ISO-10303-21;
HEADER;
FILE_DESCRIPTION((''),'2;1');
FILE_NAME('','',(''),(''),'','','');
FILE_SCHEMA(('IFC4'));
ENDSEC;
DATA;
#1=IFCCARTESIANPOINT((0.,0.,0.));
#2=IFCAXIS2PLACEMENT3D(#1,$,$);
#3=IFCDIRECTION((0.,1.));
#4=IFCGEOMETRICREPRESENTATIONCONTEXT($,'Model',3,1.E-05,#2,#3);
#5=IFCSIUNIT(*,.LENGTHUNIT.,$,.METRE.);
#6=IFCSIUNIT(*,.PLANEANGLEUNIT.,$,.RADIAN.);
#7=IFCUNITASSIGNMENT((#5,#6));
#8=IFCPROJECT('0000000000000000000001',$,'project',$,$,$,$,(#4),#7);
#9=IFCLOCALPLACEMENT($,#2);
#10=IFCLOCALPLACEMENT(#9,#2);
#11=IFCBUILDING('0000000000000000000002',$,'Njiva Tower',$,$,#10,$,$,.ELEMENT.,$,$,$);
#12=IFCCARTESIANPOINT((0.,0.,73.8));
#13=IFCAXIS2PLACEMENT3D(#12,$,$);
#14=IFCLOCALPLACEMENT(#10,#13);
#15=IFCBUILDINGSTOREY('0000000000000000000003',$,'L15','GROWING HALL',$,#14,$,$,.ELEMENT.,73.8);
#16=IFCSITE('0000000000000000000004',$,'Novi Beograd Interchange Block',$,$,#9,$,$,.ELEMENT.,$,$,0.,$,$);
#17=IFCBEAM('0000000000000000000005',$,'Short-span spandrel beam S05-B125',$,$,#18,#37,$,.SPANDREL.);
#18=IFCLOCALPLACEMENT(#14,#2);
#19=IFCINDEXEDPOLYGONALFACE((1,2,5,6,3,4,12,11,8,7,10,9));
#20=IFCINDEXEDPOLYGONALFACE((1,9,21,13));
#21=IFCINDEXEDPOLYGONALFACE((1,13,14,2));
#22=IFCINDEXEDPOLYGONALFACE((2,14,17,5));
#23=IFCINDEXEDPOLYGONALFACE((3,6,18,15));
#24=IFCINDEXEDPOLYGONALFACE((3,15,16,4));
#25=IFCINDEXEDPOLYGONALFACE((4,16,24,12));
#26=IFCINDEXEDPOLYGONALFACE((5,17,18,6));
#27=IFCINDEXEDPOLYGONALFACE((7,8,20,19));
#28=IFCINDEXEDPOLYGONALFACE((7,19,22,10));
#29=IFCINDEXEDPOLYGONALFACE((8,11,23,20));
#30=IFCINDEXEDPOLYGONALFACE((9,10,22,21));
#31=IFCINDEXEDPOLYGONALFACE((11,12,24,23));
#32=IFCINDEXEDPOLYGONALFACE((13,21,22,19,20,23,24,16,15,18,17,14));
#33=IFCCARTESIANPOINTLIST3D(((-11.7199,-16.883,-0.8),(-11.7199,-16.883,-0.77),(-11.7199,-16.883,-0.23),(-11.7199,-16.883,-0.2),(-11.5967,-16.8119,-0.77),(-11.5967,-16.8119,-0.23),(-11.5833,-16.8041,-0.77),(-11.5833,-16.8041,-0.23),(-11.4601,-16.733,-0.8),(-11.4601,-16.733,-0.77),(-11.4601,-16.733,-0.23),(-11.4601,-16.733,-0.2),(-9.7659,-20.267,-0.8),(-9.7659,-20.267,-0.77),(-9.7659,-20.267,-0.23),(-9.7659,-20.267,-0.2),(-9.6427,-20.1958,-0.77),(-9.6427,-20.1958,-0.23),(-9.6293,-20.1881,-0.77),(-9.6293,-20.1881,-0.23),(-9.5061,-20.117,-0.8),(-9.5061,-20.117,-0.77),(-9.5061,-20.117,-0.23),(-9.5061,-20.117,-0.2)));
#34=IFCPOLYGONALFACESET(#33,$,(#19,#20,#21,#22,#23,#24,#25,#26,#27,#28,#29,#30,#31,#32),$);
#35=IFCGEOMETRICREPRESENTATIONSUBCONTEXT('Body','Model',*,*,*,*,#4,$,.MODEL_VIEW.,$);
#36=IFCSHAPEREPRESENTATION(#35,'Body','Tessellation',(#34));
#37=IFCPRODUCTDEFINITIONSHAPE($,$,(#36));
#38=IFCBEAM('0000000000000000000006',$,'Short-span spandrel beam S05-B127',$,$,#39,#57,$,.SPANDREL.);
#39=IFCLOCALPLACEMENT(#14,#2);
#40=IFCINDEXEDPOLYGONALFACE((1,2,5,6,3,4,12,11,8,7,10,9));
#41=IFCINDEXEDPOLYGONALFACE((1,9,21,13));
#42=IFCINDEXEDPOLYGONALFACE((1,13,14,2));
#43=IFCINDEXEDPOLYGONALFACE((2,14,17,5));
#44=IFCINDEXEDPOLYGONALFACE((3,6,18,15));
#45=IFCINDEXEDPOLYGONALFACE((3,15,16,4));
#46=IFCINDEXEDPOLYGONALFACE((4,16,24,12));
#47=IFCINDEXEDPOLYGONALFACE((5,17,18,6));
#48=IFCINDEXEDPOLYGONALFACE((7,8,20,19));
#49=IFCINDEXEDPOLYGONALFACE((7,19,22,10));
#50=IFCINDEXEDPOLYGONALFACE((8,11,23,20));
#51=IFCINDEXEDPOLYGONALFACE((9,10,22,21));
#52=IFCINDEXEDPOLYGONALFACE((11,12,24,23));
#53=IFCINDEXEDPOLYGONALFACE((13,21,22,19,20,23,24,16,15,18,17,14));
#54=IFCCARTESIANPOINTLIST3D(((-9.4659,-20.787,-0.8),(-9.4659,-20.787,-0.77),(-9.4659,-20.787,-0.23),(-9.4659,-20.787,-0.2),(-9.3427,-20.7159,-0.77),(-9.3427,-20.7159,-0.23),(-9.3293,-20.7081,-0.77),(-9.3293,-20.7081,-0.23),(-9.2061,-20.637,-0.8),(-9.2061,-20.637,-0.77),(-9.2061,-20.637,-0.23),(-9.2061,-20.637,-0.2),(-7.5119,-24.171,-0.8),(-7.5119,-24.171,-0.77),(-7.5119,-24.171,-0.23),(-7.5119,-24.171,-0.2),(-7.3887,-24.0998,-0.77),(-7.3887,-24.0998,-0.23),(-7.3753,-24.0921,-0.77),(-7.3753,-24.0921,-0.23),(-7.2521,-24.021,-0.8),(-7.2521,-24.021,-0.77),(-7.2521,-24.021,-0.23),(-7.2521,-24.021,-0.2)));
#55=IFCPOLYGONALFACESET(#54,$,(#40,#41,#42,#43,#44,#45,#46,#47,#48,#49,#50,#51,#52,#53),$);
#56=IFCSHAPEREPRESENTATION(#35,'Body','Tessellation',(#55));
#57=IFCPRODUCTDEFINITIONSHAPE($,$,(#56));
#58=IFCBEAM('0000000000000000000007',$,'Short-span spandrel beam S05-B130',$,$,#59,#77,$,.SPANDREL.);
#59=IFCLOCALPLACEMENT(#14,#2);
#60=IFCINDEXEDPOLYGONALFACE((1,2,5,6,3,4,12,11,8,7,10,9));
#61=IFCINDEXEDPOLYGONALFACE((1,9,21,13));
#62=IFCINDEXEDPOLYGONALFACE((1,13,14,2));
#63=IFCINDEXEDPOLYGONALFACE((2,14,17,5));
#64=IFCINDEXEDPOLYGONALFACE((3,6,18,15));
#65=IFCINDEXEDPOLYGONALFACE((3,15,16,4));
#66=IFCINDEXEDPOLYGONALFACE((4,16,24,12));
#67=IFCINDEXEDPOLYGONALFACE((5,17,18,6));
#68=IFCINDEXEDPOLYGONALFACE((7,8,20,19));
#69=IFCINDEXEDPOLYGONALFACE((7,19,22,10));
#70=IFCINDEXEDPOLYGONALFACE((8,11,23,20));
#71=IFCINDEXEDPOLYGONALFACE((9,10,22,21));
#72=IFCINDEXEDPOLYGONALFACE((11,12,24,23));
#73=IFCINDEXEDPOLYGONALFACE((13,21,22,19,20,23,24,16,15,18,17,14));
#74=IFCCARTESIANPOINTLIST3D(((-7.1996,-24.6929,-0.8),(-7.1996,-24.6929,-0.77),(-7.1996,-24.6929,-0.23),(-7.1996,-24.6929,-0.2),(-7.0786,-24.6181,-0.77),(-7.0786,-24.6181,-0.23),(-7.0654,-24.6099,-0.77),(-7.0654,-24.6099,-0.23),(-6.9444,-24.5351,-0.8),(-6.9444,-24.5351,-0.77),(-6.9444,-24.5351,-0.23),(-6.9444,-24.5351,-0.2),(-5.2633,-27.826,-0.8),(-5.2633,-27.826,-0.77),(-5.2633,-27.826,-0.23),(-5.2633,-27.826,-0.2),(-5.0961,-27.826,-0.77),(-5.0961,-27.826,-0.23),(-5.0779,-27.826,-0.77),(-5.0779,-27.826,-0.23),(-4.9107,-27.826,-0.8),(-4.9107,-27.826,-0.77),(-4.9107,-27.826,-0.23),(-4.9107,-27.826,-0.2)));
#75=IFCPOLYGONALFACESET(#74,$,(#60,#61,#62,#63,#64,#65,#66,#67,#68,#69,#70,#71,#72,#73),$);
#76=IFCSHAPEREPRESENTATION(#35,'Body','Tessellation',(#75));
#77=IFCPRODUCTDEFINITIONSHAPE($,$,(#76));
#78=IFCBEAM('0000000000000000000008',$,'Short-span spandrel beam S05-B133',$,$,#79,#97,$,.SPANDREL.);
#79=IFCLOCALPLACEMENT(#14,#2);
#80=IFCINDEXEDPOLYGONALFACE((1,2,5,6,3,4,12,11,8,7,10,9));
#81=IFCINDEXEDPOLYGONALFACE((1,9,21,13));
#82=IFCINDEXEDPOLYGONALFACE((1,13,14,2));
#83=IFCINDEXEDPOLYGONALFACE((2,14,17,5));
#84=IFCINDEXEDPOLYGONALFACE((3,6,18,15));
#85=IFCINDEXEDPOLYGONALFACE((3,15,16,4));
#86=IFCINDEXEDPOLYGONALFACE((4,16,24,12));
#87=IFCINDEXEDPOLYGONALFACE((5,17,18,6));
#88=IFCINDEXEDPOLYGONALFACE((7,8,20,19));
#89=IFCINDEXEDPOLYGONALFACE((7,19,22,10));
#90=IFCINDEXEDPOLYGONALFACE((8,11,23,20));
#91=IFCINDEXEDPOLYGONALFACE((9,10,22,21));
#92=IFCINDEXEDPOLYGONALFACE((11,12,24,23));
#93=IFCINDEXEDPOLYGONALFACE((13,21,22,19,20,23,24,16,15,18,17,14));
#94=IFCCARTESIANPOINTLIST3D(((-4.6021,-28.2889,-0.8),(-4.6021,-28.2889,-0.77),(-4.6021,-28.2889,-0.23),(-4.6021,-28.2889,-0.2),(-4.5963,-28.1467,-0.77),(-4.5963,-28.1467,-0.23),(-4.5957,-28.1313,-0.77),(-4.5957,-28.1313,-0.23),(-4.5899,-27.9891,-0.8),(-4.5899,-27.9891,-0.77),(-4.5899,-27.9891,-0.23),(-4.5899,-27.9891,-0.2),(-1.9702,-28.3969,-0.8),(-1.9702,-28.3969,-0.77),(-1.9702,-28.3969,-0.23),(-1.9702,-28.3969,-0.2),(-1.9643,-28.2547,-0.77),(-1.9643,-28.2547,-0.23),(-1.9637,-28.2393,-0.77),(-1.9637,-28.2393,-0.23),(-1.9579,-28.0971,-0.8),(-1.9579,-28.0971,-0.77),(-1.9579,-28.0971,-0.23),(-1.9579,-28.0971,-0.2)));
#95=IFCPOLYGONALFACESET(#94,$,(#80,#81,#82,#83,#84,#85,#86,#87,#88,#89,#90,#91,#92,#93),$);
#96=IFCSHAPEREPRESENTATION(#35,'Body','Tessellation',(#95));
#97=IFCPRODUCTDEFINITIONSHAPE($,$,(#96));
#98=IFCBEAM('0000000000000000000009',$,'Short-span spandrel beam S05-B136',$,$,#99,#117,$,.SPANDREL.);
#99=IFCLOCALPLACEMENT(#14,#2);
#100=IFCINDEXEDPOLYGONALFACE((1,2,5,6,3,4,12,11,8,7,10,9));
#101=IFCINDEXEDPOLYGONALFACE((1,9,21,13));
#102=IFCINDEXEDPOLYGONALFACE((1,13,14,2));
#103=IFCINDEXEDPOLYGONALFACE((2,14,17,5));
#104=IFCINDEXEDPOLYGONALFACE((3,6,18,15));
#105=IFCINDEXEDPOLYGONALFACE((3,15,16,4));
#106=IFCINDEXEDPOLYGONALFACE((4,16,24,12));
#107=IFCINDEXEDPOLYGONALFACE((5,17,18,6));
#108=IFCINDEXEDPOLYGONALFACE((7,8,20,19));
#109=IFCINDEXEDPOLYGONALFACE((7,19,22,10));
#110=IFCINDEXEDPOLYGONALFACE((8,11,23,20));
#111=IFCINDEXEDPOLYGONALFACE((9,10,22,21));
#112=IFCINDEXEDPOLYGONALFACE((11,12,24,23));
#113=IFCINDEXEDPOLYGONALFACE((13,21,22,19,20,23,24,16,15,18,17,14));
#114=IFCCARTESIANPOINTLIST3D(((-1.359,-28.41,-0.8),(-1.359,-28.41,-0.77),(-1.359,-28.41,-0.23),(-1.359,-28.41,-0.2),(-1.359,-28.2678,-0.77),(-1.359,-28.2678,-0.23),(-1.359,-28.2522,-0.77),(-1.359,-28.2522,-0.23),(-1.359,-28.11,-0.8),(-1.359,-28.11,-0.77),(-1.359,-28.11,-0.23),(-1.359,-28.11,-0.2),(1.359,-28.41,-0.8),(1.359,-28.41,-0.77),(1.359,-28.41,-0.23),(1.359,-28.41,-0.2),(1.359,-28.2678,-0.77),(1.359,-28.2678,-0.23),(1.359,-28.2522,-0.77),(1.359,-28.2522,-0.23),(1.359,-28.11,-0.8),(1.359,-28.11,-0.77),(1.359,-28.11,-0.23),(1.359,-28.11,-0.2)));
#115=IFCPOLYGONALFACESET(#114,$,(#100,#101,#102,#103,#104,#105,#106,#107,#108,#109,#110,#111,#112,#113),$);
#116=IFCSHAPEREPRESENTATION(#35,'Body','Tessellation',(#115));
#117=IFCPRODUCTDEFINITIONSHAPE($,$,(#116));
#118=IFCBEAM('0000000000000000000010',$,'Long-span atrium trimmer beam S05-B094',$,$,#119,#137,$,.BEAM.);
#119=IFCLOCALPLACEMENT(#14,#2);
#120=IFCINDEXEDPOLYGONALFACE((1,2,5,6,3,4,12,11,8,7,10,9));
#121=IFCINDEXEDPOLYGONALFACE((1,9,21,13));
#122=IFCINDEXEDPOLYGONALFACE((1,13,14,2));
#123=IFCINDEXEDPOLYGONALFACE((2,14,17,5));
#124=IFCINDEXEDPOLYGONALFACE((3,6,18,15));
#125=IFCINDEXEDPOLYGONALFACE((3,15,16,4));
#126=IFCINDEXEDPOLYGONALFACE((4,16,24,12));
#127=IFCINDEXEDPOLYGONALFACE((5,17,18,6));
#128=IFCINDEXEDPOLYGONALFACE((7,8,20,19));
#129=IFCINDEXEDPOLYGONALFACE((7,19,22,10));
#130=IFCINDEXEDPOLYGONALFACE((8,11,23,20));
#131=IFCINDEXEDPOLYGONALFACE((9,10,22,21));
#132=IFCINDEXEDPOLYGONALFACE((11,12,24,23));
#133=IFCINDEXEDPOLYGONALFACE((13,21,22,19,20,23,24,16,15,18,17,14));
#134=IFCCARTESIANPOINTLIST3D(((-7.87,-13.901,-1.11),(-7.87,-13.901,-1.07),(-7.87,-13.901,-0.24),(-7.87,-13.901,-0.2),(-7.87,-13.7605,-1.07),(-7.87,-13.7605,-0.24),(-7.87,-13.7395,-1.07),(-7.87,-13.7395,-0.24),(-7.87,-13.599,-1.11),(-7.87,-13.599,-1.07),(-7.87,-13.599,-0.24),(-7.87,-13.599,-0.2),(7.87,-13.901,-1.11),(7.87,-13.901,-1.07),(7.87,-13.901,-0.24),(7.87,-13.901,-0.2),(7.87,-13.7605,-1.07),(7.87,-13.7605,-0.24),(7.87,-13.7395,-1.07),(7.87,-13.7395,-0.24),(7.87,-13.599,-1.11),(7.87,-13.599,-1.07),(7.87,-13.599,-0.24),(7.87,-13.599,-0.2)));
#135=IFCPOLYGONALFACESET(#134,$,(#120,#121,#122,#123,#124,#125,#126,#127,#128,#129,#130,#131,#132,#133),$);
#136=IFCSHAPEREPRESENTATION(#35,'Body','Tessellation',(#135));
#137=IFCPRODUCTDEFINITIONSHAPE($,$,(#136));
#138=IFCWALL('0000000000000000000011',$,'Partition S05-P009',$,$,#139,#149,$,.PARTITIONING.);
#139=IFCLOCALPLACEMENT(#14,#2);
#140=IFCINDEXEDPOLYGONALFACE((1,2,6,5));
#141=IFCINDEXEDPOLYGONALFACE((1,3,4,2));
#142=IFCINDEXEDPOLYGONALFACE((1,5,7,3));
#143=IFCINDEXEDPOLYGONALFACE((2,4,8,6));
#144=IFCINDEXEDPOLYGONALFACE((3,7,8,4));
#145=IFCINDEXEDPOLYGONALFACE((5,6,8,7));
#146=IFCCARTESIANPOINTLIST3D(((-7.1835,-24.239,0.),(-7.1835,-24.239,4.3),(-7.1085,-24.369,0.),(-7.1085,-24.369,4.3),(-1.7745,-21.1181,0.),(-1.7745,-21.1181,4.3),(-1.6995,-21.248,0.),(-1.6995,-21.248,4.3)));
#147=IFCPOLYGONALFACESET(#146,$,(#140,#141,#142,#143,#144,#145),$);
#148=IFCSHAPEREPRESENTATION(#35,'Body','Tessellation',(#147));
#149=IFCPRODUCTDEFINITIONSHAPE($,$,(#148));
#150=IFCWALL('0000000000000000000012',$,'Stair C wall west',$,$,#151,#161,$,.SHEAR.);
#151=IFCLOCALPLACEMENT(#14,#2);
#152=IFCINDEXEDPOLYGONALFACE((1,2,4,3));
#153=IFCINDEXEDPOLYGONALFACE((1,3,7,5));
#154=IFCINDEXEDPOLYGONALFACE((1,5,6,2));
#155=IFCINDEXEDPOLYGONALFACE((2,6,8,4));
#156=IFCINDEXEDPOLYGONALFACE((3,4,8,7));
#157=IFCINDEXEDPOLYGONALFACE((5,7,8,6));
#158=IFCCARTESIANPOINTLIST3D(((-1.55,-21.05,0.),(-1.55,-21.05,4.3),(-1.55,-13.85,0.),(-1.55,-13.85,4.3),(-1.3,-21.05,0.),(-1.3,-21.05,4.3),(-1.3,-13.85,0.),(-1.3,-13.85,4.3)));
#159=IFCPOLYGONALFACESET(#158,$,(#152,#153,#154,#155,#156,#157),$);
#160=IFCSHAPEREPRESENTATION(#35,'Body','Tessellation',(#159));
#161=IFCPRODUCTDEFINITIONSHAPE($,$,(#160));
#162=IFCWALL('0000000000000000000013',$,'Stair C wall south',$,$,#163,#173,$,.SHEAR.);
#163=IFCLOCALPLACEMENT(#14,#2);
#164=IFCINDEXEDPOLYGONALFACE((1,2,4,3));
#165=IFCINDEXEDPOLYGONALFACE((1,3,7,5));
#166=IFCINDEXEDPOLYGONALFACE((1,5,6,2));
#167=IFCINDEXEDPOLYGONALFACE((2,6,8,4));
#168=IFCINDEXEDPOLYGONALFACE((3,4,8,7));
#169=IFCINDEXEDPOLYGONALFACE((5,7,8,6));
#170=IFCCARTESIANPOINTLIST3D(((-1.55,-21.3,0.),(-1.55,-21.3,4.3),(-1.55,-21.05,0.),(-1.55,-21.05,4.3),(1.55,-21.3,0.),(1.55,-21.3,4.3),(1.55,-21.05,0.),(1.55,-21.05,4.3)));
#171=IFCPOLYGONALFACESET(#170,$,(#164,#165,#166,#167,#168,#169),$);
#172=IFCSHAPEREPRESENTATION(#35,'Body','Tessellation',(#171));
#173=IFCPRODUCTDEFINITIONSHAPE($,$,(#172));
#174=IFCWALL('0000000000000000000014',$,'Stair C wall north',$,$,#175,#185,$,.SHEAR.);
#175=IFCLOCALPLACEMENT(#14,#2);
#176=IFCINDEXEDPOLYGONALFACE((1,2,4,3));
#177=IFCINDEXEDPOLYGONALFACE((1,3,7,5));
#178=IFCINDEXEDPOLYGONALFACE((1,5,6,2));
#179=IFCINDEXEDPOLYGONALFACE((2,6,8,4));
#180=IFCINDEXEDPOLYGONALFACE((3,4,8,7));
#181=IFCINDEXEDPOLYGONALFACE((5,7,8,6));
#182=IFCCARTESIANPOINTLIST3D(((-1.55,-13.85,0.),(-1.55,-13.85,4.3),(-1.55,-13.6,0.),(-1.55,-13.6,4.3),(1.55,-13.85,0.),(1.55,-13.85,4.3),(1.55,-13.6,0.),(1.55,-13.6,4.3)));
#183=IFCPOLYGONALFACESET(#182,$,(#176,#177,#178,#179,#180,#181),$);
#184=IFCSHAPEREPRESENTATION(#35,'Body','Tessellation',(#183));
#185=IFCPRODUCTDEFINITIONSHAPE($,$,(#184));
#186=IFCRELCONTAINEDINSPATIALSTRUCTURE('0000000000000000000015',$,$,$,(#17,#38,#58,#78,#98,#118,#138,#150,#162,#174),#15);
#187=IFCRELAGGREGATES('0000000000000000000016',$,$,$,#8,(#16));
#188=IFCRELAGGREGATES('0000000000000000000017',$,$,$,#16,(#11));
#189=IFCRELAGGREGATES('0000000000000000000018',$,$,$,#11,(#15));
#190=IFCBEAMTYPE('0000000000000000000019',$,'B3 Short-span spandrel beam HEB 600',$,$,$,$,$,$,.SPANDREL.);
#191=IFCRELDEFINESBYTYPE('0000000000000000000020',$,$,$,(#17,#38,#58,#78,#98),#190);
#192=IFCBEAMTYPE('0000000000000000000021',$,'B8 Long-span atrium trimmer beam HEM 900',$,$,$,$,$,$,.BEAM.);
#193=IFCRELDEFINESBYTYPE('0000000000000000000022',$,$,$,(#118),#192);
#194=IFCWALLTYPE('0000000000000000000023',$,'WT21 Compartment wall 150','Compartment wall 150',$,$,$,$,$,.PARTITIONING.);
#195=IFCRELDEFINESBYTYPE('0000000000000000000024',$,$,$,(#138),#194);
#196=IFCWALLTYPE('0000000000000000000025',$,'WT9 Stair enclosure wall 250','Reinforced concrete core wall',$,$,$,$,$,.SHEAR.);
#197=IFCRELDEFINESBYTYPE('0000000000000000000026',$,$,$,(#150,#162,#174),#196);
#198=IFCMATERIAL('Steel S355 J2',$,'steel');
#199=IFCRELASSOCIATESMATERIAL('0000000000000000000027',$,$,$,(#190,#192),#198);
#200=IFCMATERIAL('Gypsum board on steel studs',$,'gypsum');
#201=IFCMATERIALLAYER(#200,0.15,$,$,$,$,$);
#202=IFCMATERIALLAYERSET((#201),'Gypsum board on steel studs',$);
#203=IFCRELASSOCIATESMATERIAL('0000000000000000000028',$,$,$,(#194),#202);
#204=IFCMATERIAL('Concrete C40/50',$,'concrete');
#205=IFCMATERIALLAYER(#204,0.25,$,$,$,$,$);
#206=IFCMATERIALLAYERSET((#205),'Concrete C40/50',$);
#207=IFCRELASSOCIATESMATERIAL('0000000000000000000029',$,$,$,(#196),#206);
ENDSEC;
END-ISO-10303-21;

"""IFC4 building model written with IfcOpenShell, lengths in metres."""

from ifc_helpers import new_model, si_unit, direction, frame, frame_2d, origin, origin_2d, place, context, subcontext, project, spatial, rectangle, i_section, extrude, clip, halfspace, material, layer, layer_set, material_profile, profile_set, type_object, element, save


model = new_model("IFC4")

# Units and contexts
model_context = context("Model", 3, precision=1e-05, world=origin(), true_north=direction((0.0, 1.0)))
body_context = subcontext(model_context, "Body", "Model", "MODEL_VIEW")
ifc_project = project(units=[si_unit("LENGTHUNIT", "METRE"), si_unit("PLANEANGLEUNIT", "RADIAN")], contexts=[model_context])

# Site, building, storey
site_placement = place(None, origin())
site = spatial("IfcSite", under=ifc_project, at=site_placement, Name="Novi Beograd Interchange Block", CompositionType="ELEMENT", RefElevation=0.0)
building_placement = place(site_placement, origin())
building = spatial("IfcBuilding", under=site, at=building_placement, Name="Njiva Tower", CompositionType="ELEMENT")
storey_placement = place(building_placement, frame((0.0, 0.0, 73.8)))
storey = spatial("IfcBuildingStorey", under=building, at=storey_placement, Name="L15", Description="GROWING HALL", CompositionType="ELEMENT", Elevation=73.8)

# Shared definitions
ifc_material_1 = material(Name="Steel S355 J2", Category="steel")

# Beams
ifc_material_profile_1 = material_profile(ifc_material_1, i_section(OverallWidth=0.3, OverallDepth=0.6, WebThickness=0.0155, FlangeThickness=0.03, at=origin_2d()), Name="HEB 600")
ifc_profile_set_1 = profile_set([ifc_material_profile_1], Name="Steel S355 J2")
beam_type_1 = type_object("IfcBeamType", Name="B3 Short-span spandrel beam HEB 600", PredefinedType="SPANDREL", material=ifc_profile_set_1)
for number, where, z_axis, x_axis, name in (
    (1, (-11.59, -16.808, -0.5), (0.500047, -0.865998, 0.0), (0.865998, 0.500047, 0.0), "Short-span spandrel beam S05-B125"),
    (2, (-9.336, -20.712, -0.5), (0.500047, -0.865998, 0.0), (0.865998, 0.500047, 0.0), "Short-span spandrel beam S05-B127"),
):
    element("IfcBeam", number, at=place(storey_placement, frame(where, z_axis=z_axis, x_axis=x_axis)), inside=storey, type_object=beam_type_1, Name=name, PredefinedType="SPANDREL", context=body_context, shape_type="SweptSolid", body=[
        extrude(i_section(OverallWidth=0.3, OverallDepth=0.6, WebThickness=0.0155, FlangeThickness=0.03, at=origin_2d()), origin(), (0.0, 0.0, 1.0), 3.9076),
    ])
beam_1_placement = place(storey_placement, frame((-7.072, -24.614, -0.5), z_axis=(0.525707, -0.850666, 0.0), x_axis=(0.850666, 0.525707, 0.0)))
element("IfcBeam", 3, at=beam_1_placement, inside=storey, type_object=beam_type_1, Name="Short-span spandrel beam S05-B130", PredefinedType="SPANDREL", context=body_context, shape_type="Clipping", body=[
    clip(extrude(i_section(OverallWidth=0.3, OverallDepth=0.6, WebThickness=0.0155, FlangeThickness=0.03, at=origin_2d()), origin(), (0.0, 0.0, 1.0), 3.8889), halfspace(frame((-0.0263, 0.0, 3.7596), z_axis=(-0.525707, 0.0, 0.850666), x_axis=(0.0, 1.0, 0.0)), False)),
])
beam_2_placement = place(storey_placement, frame((-4.596, -28.139, -0.5), z_axis=(0.999159, -0.040999, 0.0), x_axis=(0.040999, 0.999159, 0.0)))
element("IfcBeam", 4, at=beam_2_placement, inside=storey, type_object=beam_type_1, Name="Short-span spandrel beam S05-B133", PredefinedType="SPANDREL", context=body_context, shape_type="SweptSolid", body=[
    extrude(i_section(OverallWidth=0.3, OverallDepth=0.6, WebThickness=0.0155, FlangeThickness=0.03, at=origin_2d()), origin(), (0.0, 0.0, 1.0), 2.6342),
])
beam_3_placement = place(storey_placement, frame((-1.359, -28.26, -0.5), z_axis=(1.0, 0.0, 0.0), x_axis=(0.0, 1.0, 0.0)))
element("IfcBeam", 5, at=beam_3_placement, inside=storey, type_object=beam_type_1, Name="Short-span spandrel beam S05-B136", PredefinedType="SPANDREL", context=body_context, shape_type="SweptSolid", body=[
    extrude(i_section(OverallWidth=0.3, OverallDepth=0.6, WebThickness=0.0155, FlangeThickness=0.03, at=origin_2d()), origin(), (0.0, 0.0, 1.0), 2.718),
])
ifc_material_profile_2 = material_profile(ifc_material_1, i_section(OverallWidth=0.302, OverallDepth=0.91, WebThickness=0.021, FlangeThickness=0.04, at=origin_2d()), Name="HEM 900")
ifc_profile_set_2 = profile_set([ifc_material_profile_2], Name="Steel S355 J2")
beam_type_2 = type_object("IfcBeamType", Name="B8 Long-span atrium trimmer beam HEM 900", PredefinedType="BEAM", material=ifc_profile_set_2)
beam_4_placement = place(storey_placement, frame((-7.87, -13.75, -0.655), z_axis=(1.0, 0.0, 0.0), x_axis=(0.0, 1.0, 0.0)))
element("IfcBeam", 6, at=beam_4_placement, inside=storey, type_object=beam_type_2, Name="Long-span atrium trimmer beam S05-B094", PredefinedType="BEAM", context=body_context, shape_type="SweptSolid", body=[
    extrude(i_section(OverallWidth=0.302, OverallDepth=0.91, WebThickness=0.021, FlangeThickness=0.04, at=origin_2d()), origin(), (0.0, 0.0, 1.0), 15.74),
])

# Walls
ifc_material_2 = material(Name="Gypsum board on steel studs", Category="gypsum")
ifc_layer_1 = layer(ifc_material_2, 0.15)
ifc_layer_set_1 = layer_set([ifc_layer_1], Name="Gypsum board on steel studs")
wall_type_1 = type_object("IfcWallType", Name="WT21 Compartment wall 150", Description="Compartment wall 150", PredefinedType="PARTITIONING", material=ifc_layer_set_1)
wall_1_placement = place(storey_placement, frame((-7.146, -24.304, 0.0), z_axis=(0.0, 0.0, 1.0), x_axis=(0.866156, 0.499773, 0.0)))
element("IfcWall", 7, at=wall_1_placement, inside=storey, type_object=wall_type_1, Name="Partition S05-P009", PredefinedType="PARTITIONING", context=body_context, shape_type="SweptSolid", body=[
    extrude(rectangle(XDim=6.2448, YDim=0.15, at=frame_2d((3.1224, 0.0))), origin(), (0.0, 0.0, 1.0), 4.3),
])
ifc_material_3 = material(Name="Concrete C40/50", Category="concrete")
ifc_layer_2 = layer(ifc_material_3, 0.25)
ifc_layer_set_2 = layer_set([ifc_layer_2], Name="Concrete C40/50")
wall_type_2 = type_object("IfcWallType", Name="WT9 Stair enclosure wall 250", Description="Reinforced concrete core wall", PredefinedType="SHEAR", material=ifc_layer_set_2)
wall_2_placement = place(storey_placement, frame((-1.425, -21.05, 0.0), z_axis=(0.0, 0.0, 1.0), x_axis=(0.0, 1.0, 0.0)))
element("IfcWall", 8, at=wall_2_placement, inside=storey, type_object=wall_type_2, Name="Stair C wall west", PredefinedType="SHEAR", context=body_context, shape_type="SweptSolid", body=[
    extrude(rectangle(XDim=7.2, YDim=0.25, at=frame_2d((3.6, 0.0))), origin(), (0.0, 0.0, 1.0), 4.3),
])
for number, where, z_axis, x_axis, name in (
    (9, (-1.55, -21.175, 0.0), (0.0, 0.0, 1.0), (1.0, 0.0, 0.0), "Stair C wall south"),
    (10, (-1.55, -13.725, 0.0), (0.0, 0.0, 1.0), (1.0, 0.0, 0.0), "Stair C wall north"),
):
    element("IfcWall", number, at=place(storey_placement, frame(where, z_axis=z_axis, x_axis=x_axis)), inside=storey, type_object=wall_type_2, Name=name, PredefinedType="SHEAR", context=body_context, shape_type="SweptSolid", body=[
        extrude(rectangle(XDim=3.1, YDim=0.25, at=frame_2d((1.55, 0.0))), origin(), (0.0, 0.0, 1.0), 4.3),
    ])

save(model, "model.ifc")
